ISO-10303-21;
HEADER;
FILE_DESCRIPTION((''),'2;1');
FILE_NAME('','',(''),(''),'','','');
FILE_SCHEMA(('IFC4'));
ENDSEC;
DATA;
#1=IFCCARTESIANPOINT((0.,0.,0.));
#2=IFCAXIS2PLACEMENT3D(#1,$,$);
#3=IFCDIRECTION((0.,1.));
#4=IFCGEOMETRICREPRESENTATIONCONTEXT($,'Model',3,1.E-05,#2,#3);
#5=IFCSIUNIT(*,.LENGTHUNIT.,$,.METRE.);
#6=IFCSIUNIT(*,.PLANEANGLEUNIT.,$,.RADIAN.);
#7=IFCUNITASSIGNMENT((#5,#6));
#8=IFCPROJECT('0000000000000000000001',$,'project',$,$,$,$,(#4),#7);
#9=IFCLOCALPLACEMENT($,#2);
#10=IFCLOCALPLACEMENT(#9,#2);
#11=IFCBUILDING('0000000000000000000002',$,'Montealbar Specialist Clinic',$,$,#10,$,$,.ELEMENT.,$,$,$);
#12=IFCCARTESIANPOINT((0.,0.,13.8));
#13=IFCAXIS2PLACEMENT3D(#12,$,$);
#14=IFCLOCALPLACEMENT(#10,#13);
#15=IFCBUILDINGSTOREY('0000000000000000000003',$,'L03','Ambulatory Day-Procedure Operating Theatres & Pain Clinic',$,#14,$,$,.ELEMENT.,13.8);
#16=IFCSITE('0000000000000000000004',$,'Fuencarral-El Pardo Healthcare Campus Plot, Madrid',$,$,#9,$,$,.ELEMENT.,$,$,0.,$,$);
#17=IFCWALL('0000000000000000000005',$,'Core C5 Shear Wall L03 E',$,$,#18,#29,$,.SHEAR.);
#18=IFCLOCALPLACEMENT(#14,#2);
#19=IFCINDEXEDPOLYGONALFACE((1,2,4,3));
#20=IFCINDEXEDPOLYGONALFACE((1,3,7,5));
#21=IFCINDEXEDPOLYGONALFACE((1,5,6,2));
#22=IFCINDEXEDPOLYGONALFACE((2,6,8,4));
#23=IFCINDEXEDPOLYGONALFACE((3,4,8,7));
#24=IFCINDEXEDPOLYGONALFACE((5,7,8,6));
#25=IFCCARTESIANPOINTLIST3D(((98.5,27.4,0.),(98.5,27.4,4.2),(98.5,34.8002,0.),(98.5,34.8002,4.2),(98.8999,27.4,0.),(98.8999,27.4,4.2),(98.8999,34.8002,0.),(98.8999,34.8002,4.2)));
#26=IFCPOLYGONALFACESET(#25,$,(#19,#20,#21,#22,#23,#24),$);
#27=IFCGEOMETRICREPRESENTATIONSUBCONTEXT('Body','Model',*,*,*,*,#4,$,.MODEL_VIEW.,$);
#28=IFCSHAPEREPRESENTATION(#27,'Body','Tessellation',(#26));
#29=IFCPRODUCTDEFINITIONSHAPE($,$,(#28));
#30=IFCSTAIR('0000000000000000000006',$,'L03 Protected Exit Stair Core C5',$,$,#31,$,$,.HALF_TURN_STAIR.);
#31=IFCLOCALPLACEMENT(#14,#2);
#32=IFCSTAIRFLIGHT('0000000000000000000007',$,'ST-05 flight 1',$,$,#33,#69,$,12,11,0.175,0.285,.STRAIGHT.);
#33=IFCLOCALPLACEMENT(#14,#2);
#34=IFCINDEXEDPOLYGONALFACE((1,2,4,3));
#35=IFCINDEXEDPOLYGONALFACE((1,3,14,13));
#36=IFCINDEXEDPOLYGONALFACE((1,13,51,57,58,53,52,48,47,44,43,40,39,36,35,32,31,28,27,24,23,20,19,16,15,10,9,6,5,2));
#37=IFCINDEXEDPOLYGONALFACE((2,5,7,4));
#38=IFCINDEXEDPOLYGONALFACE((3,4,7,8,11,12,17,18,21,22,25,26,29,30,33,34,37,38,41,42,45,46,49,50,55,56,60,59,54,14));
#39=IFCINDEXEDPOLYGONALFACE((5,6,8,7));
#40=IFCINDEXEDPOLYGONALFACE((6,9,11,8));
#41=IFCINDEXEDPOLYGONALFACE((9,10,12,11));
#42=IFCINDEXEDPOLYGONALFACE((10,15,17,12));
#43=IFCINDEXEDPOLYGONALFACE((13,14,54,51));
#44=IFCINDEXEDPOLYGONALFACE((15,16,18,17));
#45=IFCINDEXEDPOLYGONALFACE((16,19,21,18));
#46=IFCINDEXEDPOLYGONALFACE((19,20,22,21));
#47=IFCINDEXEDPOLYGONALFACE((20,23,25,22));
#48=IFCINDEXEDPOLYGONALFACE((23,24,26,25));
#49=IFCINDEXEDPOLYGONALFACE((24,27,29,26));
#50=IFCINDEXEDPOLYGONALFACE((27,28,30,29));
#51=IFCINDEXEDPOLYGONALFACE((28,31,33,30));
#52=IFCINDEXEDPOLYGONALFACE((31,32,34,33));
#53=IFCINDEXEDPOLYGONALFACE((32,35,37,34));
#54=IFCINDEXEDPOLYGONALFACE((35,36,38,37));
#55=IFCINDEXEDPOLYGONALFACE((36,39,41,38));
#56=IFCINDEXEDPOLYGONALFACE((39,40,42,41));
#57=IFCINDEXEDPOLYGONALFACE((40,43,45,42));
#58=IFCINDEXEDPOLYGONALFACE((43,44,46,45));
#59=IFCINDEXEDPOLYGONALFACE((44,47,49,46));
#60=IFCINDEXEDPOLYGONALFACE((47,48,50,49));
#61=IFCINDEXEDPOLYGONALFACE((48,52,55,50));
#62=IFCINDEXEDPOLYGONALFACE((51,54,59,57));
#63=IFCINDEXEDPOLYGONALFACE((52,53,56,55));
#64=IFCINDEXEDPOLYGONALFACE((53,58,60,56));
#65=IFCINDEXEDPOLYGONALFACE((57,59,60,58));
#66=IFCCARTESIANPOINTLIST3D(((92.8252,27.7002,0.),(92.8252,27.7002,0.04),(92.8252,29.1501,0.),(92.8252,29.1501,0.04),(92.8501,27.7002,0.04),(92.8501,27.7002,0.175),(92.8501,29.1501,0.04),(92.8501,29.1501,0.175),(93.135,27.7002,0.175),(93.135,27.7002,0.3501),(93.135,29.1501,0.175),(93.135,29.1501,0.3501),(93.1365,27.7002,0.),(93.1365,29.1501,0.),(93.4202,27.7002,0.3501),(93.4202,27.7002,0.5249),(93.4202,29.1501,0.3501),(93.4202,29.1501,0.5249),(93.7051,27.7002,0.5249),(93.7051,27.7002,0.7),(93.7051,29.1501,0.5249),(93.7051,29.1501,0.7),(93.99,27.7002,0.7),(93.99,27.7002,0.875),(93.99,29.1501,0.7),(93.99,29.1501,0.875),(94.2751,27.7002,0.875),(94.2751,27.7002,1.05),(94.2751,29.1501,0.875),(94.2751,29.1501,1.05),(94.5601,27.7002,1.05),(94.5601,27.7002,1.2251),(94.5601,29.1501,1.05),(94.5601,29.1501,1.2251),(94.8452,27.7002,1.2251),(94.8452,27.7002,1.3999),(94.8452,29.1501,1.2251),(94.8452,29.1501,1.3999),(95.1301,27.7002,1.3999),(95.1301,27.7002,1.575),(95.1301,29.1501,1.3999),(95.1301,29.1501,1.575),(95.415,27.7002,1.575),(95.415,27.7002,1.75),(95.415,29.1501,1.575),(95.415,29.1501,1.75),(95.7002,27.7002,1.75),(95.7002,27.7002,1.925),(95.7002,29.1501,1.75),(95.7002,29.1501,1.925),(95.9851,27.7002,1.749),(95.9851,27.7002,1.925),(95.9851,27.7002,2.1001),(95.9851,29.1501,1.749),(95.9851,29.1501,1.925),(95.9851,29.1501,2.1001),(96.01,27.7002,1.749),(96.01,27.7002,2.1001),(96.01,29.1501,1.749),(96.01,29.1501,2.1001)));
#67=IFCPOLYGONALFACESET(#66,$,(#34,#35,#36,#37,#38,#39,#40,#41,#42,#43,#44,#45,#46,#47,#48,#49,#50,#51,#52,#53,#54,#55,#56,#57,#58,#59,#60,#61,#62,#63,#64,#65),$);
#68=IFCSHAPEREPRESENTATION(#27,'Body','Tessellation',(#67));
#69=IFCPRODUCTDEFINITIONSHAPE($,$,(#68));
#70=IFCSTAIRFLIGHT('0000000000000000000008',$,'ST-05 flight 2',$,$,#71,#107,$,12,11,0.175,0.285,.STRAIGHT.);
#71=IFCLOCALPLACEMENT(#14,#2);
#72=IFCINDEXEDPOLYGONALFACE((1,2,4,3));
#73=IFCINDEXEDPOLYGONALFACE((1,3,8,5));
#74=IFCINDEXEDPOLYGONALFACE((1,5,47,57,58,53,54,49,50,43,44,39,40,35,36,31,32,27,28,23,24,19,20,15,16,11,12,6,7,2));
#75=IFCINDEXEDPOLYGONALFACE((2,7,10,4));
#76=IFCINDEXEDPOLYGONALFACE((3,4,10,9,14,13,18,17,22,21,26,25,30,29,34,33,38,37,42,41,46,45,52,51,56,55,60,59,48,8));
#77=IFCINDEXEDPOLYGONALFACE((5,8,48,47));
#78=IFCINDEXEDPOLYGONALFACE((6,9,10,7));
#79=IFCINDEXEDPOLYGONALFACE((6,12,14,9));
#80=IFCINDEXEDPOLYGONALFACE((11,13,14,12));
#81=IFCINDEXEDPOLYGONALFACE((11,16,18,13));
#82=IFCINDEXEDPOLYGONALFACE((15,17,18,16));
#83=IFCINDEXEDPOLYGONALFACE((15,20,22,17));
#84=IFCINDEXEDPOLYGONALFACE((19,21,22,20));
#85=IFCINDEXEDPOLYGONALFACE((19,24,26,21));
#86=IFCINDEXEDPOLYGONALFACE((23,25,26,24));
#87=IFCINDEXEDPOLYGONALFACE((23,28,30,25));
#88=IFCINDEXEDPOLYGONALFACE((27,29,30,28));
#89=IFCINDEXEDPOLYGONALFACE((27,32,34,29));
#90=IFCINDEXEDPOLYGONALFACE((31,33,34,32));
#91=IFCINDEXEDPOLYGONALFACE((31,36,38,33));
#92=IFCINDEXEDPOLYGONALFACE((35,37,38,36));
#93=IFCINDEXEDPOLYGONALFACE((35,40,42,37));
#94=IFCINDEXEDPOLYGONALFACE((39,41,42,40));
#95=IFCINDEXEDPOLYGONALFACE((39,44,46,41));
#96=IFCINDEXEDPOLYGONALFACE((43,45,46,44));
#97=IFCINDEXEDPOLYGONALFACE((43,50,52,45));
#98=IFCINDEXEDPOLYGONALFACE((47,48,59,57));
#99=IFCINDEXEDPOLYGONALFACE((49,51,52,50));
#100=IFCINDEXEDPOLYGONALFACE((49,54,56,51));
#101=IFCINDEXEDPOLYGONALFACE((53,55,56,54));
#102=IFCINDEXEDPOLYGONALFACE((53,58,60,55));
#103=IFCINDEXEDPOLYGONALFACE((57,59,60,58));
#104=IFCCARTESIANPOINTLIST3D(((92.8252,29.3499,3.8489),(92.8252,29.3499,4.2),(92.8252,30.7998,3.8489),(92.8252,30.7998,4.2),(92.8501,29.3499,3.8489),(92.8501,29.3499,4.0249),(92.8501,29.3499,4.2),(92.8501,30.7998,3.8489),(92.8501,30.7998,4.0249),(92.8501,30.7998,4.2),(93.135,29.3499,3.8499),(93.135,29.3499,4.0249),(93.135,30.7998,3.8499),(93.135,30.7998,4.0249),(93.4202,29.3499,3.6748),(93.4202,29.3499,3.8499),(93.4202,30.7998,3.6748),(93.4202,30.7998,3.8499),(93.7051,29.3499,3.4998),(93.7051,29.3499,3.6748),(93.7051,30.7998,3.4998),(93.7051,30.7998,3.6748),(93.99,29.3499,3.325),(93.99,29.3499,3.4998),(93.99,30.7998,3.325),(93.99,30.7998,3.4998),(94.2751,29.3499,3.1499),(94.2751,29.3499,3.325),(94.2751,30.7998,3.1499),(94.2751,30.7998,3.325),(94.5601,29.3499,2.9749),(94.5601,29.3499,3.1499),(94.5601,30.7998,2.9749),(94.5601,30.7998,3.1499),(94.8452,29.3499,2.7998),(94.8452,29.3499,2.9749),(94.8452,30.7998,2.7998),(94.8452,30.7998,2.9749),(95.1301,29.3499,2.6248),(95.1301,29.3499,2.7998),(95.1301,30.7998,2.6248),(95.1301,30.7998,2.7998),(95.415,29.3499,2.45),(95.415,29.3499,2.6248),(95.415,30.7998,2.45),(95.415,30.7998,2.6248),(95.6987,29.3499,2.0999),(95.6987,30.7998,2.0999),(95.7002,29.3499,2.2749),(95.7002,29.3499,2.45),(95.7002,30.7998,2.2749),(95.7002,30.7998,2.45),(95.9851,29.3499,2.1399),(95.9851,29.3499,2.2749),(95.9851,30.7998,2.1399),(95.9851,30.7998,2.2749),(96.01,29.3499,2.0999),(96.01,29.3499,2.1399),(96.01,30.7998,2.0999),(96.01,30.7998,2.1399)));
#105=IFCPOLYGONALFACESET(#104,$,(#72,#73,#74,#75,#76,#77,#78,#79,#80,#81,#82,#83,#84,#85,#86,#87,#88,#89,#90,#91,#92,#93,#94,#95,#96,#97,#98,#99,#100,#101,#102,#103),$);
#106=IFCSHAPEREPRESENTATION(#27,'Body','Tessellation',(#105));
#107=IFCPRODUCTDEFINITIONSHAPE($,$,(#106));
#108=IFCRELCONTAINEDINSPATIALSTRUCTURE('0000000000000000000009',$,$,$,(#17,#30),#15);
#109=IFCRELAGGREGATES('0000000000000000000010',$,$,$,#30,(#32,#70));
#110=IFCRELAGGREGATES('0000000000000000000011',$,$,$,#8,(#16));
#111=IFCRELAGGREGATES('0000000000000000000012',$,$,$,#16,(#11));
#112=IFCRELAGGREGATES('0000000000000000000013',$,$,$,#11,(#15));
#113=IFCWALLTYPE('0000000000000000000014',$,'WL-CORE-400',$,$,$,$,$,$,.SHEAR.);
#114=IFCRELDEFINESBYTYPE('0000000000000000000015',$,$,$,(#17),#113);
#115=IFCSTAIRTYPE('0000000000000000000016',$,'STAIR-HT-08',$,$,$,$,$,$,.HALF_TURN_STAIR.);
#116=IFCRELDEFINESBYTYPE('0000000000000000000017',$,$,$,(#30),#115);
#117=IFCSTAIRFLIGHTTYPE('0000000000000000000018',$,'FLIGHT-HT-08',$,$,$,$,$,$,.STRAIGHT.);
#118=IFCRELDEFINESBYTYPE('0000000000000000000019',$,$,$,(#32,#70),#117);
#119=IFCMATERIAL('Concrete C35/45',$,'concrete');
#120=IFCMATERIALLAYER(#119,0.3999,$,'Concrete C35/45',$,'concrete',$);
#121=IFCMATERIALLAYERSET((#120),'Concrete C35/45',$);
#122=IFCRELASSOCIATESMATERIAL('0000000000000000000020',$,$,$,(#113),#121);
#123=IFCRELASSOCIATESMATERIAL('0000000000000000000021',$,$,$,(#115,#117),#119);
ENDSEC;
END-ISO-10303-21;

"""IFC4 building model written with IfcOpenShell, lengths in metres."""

from ifc_helpers import new_model, si_unit, direction, frame, frame_2d, origin, place, context, subcontext, project, spatial, polyline, rectangle, outline, extrude, material, layer, layer_set, type_object, element, aggregate, save


model = new_model("IFC4")

# Units and contexts
model_context = context("Model", 3, precision=1e-05, world=origin(), true_north=direction((0.0, 1.0)))
body_context = subcontext(model_context, "Body", "Model", "MODEL_VIEW")
ifc_project = project(units=[si_unit("LENGTHUNIT", "METRE"), si_unit("PLANEANGLEUNIT", "RADIAN")], contexts=[model_context])

# Site, building, storey
site_placement = place(None, origin())
site = spatial("IfcSite", under=ifc_project, at=site_placement, Name="Fuencarral-El Pardo Healthcare Campus Plot, Madrid", CompositionType="ELEMENT", RefElevation=0.0)
building_placement = place(site_placement, origin())
building = spatial("IfcBuilding", under=site, at=building_placement, Name="Montealbar Specialist Clinic", CompositionType="ELEMENT")
storey_placement = place(building_placement, frame((0.0, 0.0, 13.8)))
storey = spatial("IfcBuildingStorey", under=building, at=storey_placement, Name="L03", Description="Ambulatory Day-Procedure Operating Theatres & Pain Clinic", CompositionType="ELEMENT", Elevation=13.8)

# Shared definitions
ifc_material_1 = material(Name="Concrete C35/45", Category="concrete")

# Shared definitions
ifc_layer_1 = layer(ifc_material_1, 0.3999, Name="Concrete C35/45", Category="concrete")
ifc_layer_set_1 = layer_set([ifc_layer_1], Name="Concrete C35/45")
wall_type_1 = type_object("IfcWallType", Name="WL-CORE-400", PredefinedType="SHEAR", material=ifc_layer_set_1)

# Wall
for number, where, z_axis, x_axis, name in (
    (1, (98.7, 27.3999, 0.0), (0.0, 0.0, 1.0), (0.0, 1.0, 0.0), "Core C5 Shear Wall L03 E"),
):
    element("IfcWall", number, at=place(storey_placement, frame(where, z_axis=z_axis, x_axis=x_axis)), inside=storey, type_object=wall_type_1, Name=name, PredefinedType="SHEAR", context=body_context, shape_type="SweptSolid", body=[
        extrude(rectangle(XDim=7.4001, YDim=0.3999, at=frame_2d((3.7002, 0.0))), origin(), (0.0, 0.0, 1.0), 4.2),
    ])

# Stair, stair flights
stair_type = type_object("IfcStairType", Name="STAIR-HT-08", PredefinedType="HALF_TURN_STAIR", material=ifc_material_1)
stair_placement = place(storey_placement, origin())
stair = element("IfcStair", 2, at=stair_placement, inside=storey, type_object=stair_type, Name="L03 Protected Exit Stair Core C5", PredefinedType="HALF_TURN_STAIR")
stair_flight_type = type_object("IfcStairFlightType", Name="FLIGHT-HT-08", PredefinedType="STRAIGHT", material=ifc_material_1)
stair_flight_1_placement = place(storey_placement, frame((92.8501, 28.425, 0.0), z_axis=(0.0, 0.0, 1.0), x_axis=(1.0, 0.0, 0.0)))
stair_flight_1 = element("IfcStairFlight", 3, at=stair_flight_1_placement, type_object=stair_flight_type, Name="ST-05 flight 1", NumberOfRisers=12, NumberOfTreads=11, PredefinedType="STRAIGHT", RiserHeight=0.175, TreadLength=0.285, context=body_context, shape_type="SweptSolid", body=[
    extrude(outline(polyline([(-0.0249, 0.0), (-0.0249, 0.04), (0.0, 0.04), (0.0, 0.175), (0.2849, 0.175), (0.2849, 0.3501), (0.5701, 0.3501), (0.5701, 0.5249), (0.855, 0.5249), (0.855, 0.7), (1.1399, 0.7), (1.1399, 0.875), (1.425, 0.875), (1.425, 1.05), (1.71, 1.05), (1.71, 1.2251), (1.9951, 1.2251), (1.9951, 1.3999), (2.28, 1.3999), (2.28, 1.575), (2.5649, 1.575), (2.5649, 1.75), (2.8501, 1.75), (2.8501, 1.925), (3.135, 1.925), (3.135, 2.1001), (3.1599, 2.1001), (3.1599, 1.749), (3.135, 1.749), (0.2864, 0.0), (-0.0249, 0.0)])), frame((0.0, 0.7251, 0.0), z_axis=(0.0, -1.0, 0.0), x_axis=(1.0, 0.0, 0.0)), (0.0, 0.0, 1.0), 1.45),
])
stair_flight_2_placement = place(storey_placement, frame((95.9851, 30.075, 2.0999), z_axis=(0.0, 0.0, 1.0), x_axis=(-1.0, 0.0, 0.0)))
stair_flight_2 = element("IfcStairFlight", 4, at=stair_flight_2_placement, type_object=stair_flight_type, Name="ST-05 flight 2", NumberOfRisers=12, NumberOfTreads=11, PredefinedType="STRAIGHT", RiserHeight=0.175, TreadLength=0.285, context=body_context, shape_type="SweptSolid", body=[
    extrude(outline(polyline([(-0.0249, 0.0), (-0.0249, 0.04), (0.0, 0.04), (0.0, 0.175), (0.2849, 0.175), (0.2849, 0.3501), (0.5701, 0.3501), (0.5701, 0.5249), (0.855, 0.5249), (0.855, 0.7), (1.1399, 0.7), (1.1399, 0.875), (1.425, 0.875), (1.425, 1.05), (1.71, 1.05), (1.71, 1.2251), (1.9951, 1.2251), (1.9951, 1.3999), (2.28, 1.3999), (2.28, 1.575), (2.5649, 1.575), (2.5649, 1.75), (2.8501, 1.75), (2.8501, 1.925), (3.135, 1.925), (3.135, 2.1001), (3.1599, 2.1001), (3.1599, 1.749), (3.135, 1.749), (0.2864, 0.0), (-0.0249, 0.0)])), frame((0.0, 0.7251, 0.0), z_axis=(0.0, -1.0, 0.0), x_axis=(1.0, 0.0, 0.0)), (0.0, 0.0, 1.0), 1.45),
])
aggregate(stair, [stair_flight_1, stair_flight_2])

save(model, "model.ifc")
